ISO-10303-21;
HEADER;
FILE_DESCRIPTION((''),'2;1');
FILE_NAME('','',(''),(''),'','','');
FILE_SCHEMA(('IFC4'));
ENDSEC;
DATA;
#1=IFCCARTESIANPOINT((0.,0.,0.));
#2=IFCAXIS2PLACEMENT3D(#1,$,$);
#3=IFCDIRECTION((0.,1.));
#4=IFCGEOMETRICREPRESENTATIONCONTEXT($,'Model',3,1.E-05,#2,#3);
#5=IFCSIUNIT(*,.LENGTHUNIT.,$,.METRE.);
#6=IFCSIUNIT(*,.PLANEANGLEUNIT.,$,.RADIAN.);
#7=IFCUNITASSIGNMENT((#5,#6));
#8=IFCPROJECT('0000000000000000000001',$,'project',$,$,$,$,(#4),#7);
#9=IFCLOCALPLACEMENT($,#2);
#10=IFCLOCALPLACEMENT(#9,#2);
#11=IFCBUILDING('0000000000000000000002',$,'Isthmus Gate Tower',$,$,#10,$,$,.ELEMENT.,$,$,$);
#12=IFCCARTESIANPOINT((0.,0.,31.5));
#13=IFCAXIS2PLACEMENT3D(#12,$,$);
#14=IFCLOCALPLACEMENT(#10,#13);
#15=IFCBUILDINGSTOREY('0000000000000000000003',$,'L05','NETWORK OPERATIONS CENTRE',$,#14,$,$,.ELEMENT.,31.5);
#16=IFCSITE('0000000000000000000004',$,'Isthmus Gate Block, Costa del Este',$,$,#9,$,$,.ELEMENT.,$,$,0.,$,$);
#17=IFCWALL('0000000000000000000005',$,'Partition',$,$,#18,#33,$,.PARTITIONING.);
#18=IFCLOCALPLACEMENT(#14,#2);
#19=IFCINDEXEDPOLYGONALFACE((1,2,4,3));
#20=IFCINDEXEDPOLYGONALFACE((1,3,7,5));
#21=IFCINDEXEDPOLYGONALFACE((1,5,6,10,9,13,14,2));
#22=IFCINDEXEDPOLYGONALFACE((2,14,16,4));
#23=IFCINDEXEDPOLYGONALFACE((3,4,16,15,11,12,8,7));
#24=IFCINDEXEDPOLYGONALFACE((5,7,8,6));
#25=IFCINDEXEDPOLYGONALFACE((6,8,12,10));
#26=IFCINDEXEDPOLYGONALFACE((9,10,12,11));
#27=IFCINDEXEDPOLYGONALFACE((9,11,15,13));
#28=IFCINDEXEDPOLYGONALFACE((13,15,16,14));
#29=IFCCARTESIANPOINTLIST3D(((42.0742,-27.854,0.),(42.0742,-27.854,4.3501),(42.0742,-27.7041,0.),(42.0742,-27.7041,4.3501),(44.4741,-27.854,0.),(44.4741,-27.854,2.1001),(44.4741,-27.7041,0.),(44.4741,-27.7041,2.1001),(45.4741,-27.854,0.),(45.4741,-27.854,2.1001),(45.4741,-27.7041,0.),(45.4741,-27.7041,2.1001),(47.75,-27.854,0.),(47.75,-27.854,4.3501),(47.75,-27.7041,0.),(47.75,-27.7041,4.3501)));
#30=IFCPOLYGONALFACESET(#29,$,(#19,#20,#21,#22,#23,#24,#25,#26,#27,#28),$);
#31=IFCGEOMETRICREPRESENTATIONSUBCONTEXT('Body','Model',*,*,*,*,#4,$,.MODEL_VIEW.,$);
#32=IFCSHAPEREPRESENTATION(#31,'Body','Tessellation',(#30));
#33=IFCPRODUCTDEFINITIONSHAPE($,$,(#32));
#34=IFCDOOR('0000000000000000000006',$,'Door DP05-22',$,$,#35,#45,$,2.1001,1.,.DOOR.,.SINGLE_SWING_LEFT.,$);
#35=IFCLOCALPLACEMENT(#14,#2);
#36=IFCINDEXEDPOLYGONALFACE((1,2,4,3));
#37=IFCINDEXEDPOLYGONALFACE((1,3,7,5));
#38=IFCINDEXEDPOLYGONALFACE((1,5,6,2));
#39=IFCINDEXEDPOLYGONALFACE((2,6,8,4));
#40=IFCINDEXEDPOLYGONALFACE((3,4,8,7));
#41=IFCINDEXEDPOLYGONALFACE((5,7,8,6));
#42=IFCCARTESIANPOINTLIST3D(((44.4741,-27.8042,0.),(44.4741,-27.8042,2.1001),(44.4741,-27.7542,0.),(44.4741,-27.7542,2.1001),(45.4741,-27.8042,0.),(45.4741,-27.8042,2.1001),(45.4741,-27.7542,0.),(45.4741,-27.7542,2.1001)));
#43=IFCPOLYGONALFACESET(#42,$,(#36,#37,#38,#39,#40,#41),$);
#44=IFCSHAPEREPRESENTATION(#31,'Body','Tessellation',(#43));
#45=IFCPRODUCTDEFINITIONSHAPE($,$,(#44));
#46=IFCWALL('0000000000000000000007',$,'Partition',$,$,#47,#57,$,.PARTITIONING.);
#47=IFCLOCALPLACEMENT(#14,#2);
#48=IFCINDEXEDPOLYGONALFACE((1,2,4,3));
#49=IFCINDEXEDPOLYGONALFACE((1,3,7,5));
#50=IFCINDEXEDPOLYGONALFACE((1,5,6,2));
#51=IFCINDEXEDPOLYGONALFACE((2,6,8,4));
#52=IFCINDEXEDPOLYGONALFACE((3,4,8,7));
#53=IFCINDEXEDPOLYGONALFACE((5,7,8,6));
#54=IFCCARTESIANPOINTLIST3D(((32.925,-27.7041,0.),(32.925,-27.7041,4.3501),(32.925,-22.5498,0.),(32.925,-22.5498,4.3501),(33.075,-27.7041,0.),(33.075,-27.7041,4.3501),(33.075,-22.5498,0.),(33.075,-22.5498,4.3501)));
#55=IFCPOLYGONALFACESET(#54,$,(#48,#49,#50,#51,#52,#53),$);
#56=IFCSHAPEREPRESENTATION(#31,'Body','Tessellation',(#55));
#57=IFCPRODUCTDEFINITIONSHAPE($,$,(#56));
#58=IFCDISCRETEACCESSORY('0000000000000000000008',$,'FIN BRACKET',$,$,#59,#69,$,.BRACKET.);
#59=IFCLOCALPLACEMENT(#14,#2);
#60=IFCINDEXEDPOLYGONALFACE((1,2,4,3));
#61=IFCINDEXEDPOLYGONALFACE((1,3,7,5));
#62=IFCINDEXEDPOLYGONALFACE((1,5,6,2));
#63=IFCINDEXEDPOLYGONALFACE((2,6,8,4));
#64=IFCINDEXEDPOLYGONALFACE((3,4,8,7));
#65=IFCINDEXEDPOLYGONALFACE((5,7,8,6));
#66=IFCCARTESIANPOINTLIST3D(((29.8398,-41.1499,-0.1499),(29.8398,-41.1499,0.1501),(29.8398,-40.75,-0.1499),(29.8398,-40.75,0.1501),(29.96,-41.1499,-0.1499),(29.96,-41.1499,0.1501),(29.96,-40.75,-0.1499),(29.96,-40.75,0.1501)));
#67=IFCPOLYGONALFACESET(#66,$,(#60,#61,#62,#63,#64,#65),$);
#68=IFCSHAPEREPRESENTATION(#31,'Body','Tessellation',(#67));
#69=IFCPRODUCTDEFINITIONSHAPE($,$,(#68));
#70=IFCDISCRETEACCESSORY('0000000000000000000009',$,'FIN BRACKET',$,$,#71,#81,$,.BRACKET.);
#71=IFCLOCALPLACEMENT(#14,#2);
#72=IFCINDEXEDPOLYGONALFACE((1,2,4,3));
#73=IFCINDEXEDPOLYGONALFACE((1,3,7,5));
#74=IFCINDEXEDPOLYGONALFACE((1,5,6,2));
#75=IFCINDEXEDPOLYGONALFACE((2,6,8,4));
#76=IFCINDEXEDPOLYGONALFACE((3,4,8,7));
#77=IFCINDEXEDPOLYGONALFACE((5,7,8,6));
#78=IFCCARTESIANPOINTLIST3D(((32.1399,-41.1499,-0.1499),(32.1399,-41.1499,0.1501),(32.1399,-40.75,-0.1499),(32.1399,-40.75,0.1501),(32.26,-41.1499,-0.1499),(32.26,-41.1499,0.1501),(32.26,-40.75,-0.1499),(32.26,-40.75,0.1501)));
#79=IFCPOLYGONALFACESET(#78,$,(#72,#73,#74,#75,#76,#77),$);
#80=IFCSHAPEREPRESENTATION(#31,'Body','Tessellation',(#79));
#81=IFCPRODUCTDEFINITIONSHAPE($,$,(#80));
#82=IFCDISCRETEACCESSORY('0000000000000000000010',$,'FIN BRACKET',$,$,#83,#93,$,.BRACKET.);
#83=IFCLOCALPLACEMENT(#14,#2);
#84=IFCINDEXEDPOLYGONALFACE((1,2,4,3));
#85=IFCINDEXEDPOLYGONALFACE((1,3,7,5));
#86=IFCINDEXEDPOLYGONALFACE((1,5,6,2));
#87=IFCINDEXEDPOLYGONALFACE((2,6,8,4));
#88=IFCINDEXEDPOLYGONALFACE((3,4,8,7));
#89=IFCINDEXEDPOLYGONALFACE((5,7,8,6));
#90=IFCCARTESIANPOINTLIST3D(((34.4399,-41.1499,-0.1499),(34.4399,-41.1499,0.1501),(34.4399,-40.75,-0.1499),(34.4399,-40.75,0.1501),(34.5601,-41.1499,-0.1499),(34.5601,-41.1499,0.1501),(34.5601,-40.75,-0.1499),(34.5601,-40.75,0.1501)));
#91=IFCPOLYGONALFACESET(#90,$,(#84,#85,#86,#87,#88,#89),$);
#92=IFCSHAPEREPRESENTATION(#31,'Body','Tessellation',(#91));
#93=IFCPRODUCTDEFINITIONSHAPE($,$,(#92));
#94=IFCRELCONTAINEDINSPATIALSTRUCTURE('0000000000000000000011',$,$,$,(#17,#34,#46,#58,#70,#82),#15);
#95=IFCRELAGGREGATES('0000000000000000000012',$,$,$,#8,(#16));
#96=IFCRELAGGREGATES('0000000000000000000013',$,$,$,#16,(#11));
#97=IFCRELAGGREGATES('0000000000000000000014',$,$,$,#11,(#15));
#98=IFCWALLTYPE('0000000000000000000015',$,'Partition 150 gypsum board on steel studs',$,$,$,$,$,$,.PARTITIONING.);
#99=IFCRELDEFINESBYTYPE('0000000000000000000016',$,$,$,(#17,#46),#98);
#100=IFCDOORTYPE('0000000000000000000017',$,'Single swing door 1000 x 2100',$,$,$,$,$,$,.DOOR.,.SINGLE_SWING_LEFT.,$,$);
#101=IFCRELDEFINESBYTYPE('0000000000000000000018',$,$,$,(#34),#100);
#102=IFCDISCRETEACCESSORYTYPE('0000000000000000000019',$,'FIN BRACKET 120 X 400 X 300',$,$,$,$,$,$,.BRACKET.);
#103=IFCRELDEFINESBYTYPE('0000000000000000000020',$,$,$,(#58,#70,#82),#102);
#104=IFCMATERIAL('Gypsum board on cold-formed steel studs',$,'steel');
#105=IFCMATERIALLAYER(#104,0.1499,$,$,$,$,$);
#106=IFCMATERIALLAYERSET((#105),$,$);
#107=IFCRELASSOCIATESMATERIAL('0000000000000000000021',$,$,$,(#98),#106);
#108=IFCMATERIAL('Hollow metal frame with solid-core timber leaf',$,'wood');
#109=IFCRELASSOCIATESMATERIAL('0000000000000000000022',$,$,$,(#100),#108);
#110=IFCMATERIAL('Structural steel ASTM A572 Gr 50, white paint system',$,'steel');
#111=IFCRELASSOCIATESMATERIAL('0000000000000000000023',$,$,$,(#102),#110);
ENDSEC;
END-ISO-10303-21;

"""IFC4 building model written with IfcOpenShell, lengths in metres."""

from ifc_helpers import new_model, si_unit, direction, frame, frame_2d, origin, origin_2d, place, context, subcontext, project, spatial, rectangle, extrude, material, layer, layer_set, type_object, element, fill, save


model = new_model("IFC4")

# Units and contexts
model_context = context("Model", 3, precision=1e-05, world=origin(), true_north=direction((0.0, 1.0)))
body_context = subcontext(model_context, "Body", "Model", "MODEL_VIEW")
ifc_project = project(units=[si_unit("LENGTHUNIT", "METRE"), si_unit("PLANEANGLEUNIT", "RADIAN")], contexts=[model_context])

# Site, building, storey
site_placement = place(None, origin())
site = spatial("IfcSite", under=ifc_project, at=site_placement, Name="Isthmus Gate Block, Costa del Este", CompositionType="ELEMENT", RefElevation=0.0)
building_placement = place(site_placement, origin())
building = spatial("IfcBuilding", under=site, at=building_placement, Name="Isthmus Gate Tower", CompositionType="ELEMENT")
storey_placement = place(building_placement, frame((0.0, 0.0, 31.5)))
storey = spatial("IfcBuildingStorey", under=building, at=storey_placement, Name="L05", Description="NETWORK OPERATIONS CENTRE", CompositionType="ELEMENT", Elevation=31.5)

# Shared definitions
ifc_material_1 = material(Name="Gypsum board on cold-formed steel studs", Category="steel")
ifc_layer_1 = layer(ifc_material_1, 0.1499)
ifc_layer_set_1 = layer_set([ifc_layer_1])
wall_type_1 = type_object("IfcWallType", Name="Partition 150 gypsum board on steel studs", PredefinedType="PARTITIONING", material=ifc_layer_set_1)

# Shared definitions
ifc_material_2 = material(Name="Hollow metal frame with solid-core timber leaf", Category="wood")
door_type = type_object("IfcDoorType", Name="Single swing door 1000 x 2100", OperationType="SINGLE_SWING_LEFT", PredefinedType="DOOR", material=ifc_material_2)

# Wall, opening, door
wall_1_placement = place(storey_placement, frame((42.0742, -27.7791, 0.0), z_axis=(0.0, 0.0, 1.0), x_axis=(1.0, 0.0, 0.0)))
wall_1 = element("IfcWall", 1, at=wall_1_placement, inside=storey, type_object=wall_type_1, Name="Partition", PredefinedType="PARTITIONING", context=body_context, shape_type="SweptSolid", body=[
    extrude(rectangle(XDim=5.6758, YDim=0.1499, at=frame_2d((2.8379, 0.0))), origin(), (0.0, 0.0, 1.0), 4.3501),
])
opening_1_placement = place(wall_1_placement, frame((2.3999, 0.0, 0.0)))
opening_1 = element("IfcOpeningElement", 2, at=opening_1_placement, cuts=wall_1, PredefinedType="OPENING", context=body_context, shape_type="SweptSolid", body=[
    extrude(rectangle(XDim=1.0, YDim=2.1001, at=frame_2d((0.5, 1.05))), frame((0.0, 0.085, 0.0), z_axis=(0.0, -1.0, 0.0), x_axis=(1.0, 0.0, 0.0)), (0.0, 0.0, 1.0), 0.1699),
])
door_1_placement = place(opening_1_placement, origin())
door_1 = element("IfcDoor", 3, at=door_1_placement, inside=storey, type_object=door_type, Name="Door DP05-22", OperationType="SINGLE_SWING_LEFT", OverallHeight=2.1001, OverallWidth=1.0, PredefinedType="DOOR", context=body_context, shape_type="SweptSolid", body=[
    extrude(rectangle(XDim=1.0, YDim=2.1001, at=frame_2d((0.5, 1.05))), frame((0.0, 0.0249, 0.0), z_axis=(0.0, -1.0, 0.0), x_axis=(1.0, 0.0, 0.0)), (0.0, 0.0, 1.0), 0.05),
])
fill(opening_1, door_1)

# Wall
wall_2_placement = place(storey_placement, frame((33.0, -27.7041, 0.0), z_axis=(0.0, 0.0, 1.0), x_axis=(0.0, 1.0, 0.0)))
element("IfcWall", 4, at=wall_2_placement, inside=storey, type_object=wall_type_1, Name="Partition", PredefinedType="PARTITIONING", context=body_context, shape_type="SweptSolid", body=[
    extrude(rectangle(XDim=5.1543, YDim=0.1499, at=frame_2d((2.5771, 0.0))), origin(), (0.0, 0.0, 1.0), 4.3501),
])

# Discrete accessories
ifc_material_3 = material(Name="Structural steel ASTM A572 Gr 50, white paint system", Category="steel")
discrete_accessory_type = type_object("IfcDiscreteAccessoryType", Name="FIN BRACKET 120 X 400 X 300", PredefinedType="BRACKET", material=ifc_material_3)
for number, where, z_axis, x_axis, name in (
    (5, (29.8999, -40.95, -0.1499), (0.0, 0.0, 1.0), (0.0, -1.0, 0.0), "FIN BRACKET"),
    (6, (32.2, -40.95, -0.1499), (0.0, 0.0, 1.0), (0.0, -1.0, 0.0), "FIN BRACKET"),
    (7, (34.5, -40.95, -0.1499), (0.0, 0.0, 1.0), (0.0, -1.0, 0.0), "FIN BRACKET"),
):
    element("IfcDiscreteAccessory", number, at=place(storey_placement, frame(where, z_axis=z_axis, x_axis=x_axis)), inside=storey, type_object=discrete_accessory_type, Name=name, PredefinedType="BRACKET", context=body_context, shape_type="SweptSolid", body=[
        extrude(rectangle(XDim=0.3999, YDim=0.1201, at=origin_2d()), origin(), (0.0, 0.0, 1.0), 0.3),
    ])

save(model, "model.ifc")
